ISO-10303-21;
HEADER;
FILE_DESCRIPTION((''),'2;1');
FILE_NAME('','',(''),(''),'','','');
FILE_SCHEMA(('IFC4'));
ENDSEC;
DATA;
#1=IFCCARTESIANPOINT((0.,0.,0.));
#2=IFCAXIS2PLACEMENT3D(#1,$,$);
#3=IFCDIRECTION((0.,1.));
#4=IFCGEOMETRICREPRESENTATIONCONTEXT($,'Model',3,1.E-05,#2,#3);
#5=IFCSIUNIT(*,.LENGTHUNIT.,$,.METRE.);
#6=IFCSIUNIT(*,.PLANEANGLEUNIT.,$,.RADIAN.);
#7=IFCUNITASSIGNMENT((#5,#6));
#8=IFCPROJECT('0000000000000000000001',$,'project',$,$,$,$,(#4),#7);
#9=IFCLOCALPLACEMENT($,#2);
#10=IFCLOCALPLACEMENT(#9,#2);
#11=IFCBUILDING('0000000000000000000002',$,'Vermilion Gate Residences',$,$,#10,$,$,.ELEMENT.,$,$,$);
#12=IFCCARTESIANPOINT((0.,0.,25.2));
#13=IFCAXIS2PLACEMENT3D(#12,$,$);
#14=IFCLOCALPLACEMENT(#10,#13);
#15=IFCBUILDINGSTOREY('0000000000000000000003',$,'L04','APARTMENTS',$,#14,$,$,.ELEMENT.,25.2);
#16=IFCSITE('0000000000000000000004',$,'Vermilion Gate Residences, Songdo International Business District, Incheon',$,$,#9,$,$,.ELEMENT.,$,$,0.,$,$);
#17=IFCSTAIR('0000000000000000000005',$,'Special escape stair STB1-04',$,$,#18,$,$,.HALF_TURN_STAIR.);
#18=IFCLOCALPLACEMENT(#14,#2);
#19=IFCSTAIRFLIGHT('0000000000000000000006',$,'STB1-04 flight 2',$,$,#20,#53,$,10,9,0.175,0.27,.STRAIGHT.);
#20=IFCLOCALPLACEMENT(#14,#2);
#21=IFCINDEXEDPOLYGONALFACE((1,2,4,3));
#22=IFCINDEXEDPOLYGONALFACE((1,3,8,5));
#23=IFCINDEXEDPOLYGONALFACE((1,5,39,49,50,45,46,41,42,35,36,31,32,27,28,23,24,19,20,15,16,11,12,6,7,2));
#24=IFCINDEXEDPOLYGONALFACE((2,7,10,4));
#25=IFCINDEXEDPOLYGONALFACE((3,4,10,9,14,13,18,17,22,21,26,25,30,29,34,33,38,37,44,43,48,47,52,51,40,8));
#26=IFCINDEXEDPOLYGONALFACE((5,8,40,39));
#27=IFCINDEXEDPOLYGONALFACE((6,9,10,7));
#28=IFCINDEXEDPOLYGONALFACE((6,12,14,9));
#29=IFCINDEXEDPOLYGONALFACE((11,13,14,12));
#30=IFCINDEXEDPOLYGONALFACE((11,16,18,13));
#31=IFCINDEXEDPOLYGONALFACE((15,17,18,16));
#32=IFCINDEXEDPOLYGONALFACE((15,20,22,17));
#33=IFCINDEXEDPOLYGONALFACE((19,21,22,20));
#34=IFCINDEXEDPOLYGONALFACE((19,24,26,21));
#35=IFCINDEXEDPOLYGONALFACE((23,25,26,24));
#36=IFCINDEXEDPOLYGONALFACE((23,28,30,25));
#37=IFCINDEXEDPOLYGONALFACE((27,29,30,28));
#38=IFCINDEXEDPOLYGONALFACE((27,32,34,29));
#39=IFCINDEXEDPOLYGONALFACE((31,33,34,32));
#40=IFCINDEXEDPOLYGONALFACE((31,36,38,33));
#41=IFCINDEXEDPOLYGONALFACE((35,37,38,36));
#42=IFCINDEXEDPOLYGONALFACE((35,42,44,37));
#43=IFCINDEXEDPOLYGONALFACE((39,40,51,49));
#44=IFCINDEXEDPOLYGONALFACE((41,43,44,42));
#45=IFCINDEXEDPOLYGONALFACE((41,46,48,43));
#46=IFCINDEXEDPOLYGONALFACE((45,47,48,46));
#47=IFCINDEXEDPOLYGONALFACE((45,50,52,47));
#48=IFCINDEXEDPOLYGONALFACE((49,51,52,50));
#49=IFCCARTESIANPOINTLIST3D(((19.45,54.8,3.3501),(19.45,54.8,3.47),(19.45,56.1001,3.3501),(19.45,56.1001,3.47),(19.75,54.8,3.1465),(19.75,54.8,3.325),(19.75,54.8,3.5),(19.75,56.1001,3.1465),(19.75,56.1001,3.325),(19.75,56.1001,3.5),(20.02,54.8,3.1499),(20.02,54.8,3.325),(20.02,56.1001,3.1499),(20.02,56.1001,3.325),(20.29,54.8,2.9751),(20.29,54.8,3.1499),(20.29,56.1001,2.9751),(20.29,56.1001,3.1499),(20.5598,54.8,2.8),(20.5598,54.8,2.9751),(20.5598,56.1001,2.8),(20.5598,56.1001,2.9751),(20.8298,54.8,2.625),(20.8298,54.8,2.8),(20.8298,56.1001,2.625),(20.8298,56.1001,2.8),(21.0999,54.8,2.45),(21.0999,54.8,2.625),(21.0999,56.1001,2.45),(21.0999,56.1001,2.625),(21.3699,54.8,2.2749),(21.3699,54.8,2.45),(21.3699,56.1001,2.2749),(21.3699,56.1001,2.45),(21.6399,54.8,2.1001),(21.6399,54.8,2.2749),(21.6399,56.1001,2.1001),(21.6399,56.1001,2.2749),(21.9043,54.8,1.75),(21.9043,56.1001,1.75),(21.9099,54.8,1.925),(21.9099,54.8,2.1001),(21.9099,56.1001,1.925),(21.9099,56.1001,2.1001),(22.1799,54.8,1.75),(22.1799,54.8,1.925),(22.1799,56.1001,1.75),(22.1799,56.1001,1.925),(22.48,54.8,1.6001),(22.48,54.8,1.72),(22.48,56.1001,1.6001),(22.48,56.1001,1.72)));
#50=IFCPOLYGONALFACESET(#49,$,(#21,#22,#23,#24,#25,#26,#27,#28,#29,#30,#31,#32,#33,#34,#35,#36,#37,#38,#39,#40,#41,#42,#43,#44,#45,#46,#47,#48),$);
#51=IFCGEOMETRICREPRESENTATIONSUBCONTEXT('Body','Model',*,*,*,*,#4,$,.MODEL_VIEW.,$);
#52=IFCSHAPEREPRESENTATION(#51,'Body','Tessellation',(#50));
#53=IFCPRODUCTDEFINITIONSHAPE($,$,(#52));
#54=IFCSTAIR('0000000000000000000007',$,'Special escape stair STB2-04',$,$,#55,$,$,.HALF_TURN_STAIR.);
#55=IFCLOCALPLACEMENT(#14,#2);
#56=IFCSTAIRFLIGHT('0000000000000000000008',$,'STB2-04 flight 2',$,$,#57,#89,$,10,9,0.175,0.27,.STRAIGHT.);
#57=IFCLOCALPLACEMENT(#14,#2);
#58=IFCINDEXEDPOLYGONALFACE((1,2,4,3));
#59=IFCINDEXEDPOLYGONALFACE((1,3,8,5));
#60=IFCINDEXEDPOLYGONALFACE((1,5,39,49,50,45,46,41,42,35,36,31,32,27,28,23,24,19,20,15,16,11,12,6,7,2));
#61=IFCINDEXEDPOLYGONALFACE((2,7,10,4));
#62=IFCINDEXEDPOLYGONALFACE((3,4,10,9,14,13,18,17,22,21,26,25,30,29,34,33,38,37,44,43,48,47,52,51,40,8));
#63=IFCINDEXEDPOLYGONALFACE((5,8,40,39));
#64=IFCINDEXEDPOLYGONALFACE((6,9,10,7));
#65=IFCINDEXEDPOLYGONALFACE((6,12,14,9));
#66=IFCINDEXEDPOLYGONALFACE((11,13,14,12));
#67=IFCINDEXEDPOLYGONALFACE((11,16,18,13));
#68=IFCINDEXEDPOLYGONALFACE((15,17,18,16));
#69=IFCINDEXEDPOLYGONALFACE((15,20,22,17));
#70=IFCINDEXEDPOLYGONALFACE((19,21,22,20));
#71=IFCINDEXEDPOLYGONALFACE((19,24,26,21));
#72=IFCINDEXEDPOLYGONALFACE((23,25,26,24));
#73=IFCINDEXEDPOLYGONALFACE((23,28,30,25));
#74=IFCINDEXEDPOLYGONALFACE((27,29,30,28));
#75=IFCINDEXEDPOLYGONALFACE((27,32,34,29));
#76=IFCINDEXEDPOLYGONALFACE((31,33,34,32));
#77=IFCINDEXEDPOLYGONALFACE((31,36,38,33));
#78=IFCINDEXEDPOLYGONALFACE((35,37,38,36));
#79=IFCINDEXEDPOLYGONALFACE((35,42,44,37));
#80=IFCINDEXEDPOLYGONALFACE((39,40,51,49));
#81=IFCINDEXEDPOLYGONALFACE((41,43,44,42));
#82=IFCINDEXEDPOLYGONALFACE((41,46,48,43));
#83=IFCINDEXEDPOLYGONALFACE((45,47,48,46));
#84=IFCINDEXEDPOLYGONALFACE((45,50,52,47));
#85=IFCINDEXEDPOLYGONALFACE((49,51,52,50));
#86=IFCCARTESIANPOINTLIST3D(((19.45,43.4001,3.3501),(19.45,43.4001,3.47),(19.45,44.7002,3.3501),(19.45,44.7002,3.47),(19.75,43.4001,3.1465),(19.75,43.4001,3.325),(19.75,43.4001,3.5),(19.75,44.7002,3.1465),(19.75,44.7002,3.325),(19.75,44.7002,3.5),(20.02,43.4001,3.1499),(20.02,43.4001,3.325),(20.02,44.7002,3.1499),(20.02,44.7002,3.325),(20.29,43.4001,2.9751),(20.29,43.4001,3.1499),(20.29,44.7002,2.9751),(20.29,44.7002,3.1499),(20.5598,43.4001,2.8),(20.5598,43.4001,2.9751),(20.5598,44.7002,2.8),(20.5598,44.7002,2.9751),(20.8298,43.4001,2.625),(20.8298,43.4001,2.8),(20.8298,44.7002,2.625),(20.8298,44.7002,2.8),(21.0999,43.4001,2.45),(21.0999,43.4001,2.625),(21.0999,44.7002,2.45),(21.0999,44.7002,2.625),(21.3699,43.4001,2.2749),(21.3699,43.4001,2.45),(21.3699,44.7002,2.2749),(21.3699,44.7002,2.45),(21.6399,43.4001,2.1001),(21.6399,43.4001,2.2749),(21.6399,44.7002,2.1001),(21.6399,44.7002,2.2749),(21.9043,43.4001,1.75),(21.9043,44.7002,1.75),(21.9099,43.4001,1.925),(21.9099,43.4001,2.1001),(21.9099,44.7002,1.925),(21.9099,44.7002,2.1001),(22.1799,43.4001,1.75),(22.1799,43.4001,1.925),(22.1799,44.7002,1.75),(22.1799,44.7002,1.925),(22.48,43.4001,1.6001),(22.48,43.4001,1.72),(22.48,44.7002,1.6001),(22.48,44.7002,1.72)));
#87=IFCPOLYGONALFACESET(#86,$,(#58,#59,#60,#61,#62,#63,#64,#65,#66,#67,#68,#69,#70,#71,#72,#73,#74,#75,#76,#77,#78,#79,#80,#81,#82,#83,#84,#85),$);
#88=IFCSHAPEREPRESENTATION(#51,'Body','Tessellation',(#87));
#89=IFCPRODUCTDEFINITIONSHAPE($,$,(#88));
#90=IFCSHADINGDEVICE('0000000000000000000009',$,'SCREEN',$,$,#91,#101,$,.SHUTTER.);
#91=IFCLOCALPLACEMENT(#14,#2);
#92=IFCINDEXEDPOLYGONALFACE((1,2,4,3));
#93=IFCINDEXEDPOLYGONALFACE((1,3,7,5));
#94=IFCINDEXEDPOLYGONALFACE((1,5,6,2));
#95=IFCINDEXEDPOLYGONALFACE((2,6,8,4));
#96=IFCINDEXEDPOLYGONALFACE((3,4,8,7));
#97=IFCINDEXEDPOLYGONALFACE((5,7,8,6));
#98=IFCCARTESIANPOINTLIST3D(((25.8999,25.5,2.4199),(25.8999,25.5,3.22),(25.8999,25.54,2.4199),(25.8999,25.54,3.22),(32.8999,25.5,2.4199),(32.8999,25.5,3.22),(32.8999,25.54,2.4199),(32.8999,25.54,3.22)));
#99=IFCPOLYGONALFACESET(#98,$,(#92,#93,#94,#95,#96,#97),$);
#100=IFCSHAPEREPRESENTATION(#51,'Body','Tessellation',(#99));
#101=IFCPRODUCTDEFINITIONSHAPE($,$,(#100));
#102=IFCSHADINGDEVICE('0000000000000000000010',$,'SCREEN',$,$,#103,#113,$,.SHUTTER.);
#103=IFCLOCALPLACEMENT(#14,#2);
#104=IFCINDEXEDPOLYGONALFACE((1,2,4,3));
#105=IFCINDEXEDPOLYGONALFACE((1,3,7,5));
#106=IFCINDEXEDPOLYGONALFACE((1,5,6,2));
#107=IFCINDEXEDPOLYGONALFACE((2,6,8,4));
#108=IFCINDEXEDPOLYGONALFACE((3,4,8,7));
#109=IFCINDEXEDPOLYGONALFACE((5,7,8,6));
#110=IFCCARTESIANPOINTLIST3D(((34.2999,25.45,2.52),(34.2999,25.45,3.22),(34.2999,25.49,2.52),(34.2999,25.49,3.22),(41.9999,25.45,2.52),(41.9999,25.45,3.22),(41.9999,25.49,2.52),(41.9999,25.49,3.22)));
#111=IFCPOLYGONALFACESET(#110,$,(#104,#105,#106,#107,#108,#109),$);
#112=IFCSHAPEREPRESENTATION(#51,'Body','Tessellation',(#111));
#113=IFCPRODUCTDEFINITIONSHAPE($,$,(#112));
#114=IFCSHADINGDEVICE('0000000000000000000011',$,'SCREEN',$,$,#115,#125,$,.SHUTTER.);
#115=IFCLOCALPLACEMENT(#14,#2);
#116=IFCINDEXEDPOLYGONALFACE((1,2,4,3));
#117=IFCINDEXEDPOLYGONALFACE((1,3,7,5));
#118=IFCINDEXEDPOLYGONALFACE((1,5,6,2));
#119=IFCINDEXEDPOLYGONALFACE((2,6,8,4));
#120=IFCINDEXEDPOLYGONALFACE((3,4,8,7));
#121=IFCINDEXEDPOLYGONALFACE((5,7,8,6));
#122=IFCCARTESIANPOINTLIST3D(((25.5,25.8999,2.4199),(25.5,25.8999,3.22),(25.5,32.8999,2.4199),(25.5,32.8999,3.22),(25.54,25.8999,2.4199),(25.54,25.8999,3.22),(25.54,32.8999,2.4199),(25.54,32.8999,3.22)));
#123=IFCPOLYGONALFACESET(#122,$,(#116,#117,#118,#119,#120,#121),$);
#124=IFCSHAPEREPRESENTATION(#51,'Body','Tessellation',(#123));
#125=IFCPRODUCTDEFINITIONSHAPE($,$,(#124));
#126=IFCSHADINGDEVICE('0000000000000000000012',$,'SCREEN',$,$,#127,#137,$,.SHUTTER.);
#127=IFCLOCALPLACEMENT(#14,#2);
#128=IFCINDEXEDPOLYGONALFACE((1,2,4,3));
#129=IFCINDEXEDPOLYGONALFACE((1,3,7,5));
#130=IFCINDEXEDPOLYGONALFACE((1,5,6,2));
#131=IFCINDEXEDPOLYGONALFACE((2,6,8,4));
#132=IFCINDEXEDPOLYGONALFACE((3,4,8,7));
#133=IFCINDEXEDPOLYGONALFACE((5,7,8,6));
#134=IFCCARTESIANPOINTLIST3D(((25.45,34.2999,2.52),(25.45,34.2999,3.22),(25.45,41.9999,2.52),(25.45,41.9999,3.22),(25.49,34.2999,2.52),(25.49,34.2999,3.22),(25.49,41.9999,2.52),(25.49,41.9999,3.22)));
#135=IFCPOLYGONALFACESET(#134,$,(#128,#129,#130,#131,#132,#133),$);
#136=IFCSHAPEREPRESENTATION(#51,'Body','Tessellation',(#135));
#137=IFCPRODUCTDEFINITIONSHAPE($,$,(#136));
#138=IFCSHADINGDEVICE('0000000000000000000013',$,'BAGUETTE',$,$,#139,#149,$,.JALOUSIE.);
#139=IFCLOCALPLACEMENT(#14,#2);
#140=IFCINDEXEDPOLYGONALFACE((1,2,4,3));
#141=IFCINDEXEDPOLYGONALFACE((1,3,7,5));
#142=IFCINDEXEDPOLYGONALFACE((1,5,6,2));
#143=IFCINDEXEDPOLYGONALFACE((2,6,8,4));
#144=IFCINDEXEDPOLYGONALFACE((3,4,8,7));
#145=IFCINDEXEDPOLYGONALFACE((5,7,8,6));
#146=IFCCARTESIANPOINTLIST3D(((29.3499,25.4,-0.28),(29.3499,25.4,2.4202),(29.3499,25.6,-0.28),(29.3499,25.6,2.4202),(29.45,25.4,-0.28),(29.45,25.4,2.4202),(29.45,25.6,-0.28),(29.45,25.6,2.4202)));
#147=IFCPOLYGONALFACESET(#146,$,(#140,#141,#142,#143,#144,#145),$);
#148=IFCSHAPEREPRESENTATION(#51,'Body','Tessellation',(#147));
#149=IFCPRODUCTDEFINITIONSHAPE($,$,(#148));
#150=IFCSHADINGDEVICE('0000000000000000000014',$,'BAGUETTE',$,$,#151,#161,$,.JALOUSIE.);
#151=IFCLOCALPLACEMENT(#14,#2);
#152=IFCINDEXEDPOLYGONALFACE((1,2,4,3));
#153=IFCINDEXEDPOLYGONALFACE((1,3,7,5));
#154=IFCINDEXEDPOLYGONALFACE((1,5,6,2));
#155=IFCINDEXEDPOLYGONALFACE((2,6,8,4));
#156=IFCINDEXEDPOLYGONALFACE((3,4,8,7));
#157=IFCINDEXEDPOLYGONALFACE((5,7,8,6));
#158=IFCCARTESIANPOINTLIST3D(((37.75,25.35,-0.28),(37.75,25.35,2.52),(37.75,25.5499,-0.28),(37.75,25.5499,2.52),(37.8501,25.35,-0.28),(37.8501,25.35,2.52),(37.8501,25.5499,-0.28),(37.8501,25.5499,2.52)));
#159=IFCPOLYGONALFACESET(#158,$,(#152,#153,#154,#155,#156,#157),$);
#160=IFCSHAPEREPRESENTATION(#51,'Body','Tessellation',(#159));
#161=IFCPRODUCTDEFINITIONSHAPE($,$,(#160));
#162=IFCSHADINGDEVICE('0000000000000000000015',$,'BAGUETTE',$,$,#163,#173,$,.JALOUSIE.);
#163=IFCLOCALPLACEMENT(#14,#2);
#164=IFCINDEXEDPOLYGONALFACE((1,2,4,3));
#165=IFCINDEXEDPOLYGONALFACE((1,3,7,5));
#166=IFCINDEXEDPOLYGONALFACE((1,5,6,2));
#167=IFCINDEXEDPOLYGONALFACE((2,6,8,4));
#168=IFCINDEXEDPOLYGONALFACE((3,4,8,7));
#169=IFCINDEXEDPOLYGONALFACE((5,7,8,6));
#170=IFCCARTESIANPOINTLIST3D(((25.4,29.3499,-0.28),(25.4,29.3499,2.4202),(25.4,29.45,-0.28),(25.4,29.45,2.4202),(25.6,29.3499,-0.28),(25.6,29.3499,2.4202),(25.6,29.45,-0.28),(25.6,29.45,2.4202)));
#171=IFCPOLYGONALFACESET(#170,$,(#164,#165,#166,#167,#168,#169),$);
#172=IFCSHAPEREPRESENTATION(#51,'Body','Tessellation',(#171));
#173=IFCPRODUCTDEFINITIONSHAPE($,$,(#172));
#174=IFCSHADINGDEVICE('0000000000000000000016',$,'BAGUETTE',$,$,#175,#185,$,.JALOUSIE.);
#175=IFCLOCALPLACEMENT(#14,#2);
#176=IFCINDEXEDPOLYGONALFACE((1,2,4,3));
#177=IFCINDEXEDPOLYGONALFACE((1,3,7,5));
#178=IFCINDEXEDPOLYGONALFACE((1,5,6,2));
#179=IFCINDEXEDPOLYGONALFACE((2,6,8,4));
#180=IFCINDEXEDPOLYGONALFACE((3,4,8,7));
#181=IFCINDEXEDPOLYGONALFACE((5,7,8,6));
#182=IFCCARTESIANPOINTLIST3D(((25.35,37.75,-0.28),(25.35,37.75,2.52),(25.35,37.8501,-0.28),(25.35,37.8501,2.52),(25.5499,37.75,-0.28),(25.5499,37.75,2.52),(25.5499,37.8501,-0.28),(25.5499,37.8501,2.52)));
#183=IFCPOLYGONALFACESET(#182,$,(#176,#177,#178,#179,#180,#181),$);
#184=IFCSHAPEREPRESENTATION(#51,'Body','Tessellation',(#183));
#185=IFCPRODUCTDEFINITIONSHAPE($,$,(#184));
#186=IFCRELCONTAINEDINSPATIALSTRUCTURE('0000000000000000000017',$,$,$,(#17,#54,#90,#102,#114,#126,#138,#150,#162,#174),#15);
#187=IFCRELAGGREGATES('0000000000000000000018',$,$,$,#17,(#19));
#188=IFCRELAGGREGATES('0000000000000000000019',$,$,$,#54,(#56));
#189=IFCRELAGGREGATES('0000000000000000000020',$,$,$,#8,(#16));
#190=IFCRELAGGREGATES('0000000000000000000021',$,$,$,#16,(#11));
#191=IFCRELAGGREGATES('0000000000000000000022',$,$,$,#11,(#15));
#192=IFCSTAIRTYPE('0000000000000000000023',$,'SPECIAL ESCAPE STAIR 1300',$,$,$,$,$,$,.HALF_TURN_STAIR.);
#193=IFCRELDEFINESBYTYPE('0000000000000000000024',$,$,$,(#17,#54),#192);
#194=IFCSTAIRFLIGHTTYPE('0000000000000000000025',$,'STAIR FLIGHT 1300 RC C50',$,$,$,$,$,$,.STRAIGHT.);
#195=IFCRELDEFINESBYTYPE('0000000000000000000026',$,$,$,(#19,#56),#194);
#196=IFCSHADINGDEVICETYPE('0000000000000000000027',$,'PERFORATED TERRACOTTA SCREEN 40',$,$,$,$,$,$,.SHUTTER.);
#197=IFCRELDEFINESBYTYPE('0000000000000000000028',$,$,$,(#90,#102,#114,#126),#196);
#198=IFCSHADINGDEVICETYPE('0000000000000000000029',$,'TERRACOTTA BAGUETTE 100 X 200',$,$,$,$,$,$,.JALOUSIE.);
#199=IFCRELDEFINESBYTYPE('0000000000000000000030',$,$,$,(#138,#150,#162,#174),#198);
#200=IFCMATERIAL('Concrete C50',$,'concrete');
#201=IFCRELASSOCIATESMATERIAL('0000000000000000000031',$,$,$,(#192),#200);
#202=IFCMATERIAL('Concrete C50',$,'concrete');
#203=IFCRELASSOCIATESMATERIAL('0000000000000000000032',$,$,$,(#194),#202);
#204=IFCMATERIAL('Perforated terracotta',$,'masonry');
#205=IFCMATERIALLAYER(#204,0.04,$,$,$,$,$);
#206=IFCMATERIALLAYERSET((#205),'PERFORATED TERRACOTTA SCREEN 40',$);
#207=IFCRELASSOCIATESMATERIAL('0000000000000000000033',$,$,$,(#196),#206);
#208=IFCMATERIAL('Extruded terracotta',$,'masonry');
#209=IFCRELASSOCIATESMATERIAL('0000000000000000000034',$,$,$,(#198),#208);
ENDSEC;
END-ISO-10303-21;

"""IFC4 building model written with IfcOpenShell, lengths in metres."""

from ifc_helpers import new_model, si_unit, direction, frame, origin, origin_2d, place, context, subcontext, project, spatial, polyline, rectangle, outline, extrude, material, layer, layer_set, material_profile, profile_set, type_object, element, aggregate, save


model = new_model("IFC4")

# Units and contexts
model_context = context("Model", 3, precision=1e-05, world=origin(), true_north=direction((0.0, 1.0)))
body_context = subcontext(model_context, "Body", "Model", "MODEL_VIEW")
ifc_project = project(units=[si_unit("LENGTHUNIT", "METRE"), si_unit("PLANEANGLEUNIT", "RADIAN")], contexts=[model_context])

# Site, building, storey
site_placement = place(None, origin())
site = spatial("IfcSite", under=ifc_project, at=site_placement, Name="Vermilion Gate Residences, Songdo International Business District, Incheon", CompositionType="ELEMENT", RefElevation=0.0)
building_placement = place(site_placement, origin())
building = spatial("IfcBuilding", under=site, at=building_placement, Name="Vermilion Gate Residences", CompositionType="ELEMENT")
storey_placement = place(building_placement, frame((0.0, 0.0, 25.2)))
storey = spatial("IfcBuildingStorey", under=building, at=storey_placement, Name="L04", Description="APARTMENTS", CompositionType="ELEMENT", Elevation=25.2)

# Stairs, stair flights
ifc_material_1 = material(Name="Concrete C50", Category="concrete")
stair_type = type_object("IfcStairType", Name="SPECIAL ESCAPE STAIR 1300", PredefinedType="HALF_TURN_STAIR", material=ifc_material_1)
stair_1_placement = place(storey_placement, origin())
stair_1 = element("IfcStair", 1, at=stair_1_placement, inside=storey, type_object=stair_type, Name="Special escape stair STB1-04", PredefinedType="HALF_TURN_STAIR")
ifc_material_2 = material(Name="Concrete C50", Category="concrete")
stair_flight_type = type_object("IfcStairFlightType", Name="STAIR FLIGHT 1300 RC C50", PredefinedType="STRAIGHT", material=ifc_material_2)
stair_flight_1_placement = place(storey_placement, frame((22.1799, 55.45, 1.75), z_axis=(0.0, 0.0, 1.0), x_axis=(-1.0, 0.0, 0.0)))
stair_flight_1 = element("IfcStairFlight", 2, at=stair_flight_1_placement, type_object=stair_flight_type, Name="STB1-04 flight 2", NumberOfRisers=10, NumberOfTreads=9, PredefinedType="STRAIGHT", RiserHeight=0.175, TreadLength=0.27, context=body_context, shape_type="SweptSolid", body=[
    extrude(outline(polyline([(-0.3, -0.1499), (-0.3, -0.03), (0.0, 0.0), (0.0, 0.175), (0.27, 0.175), (0.27, 0.3501), (0.54, 0.3501), (0.54, 0.5249), (0.8101, 0.5249), (0.8101, 0.7), (1.0801, 0.7), (1.0801, 0.875), (1.3501, 0.875), (1.3501, 1.05), (1.6201, 1.05), (1.6201, 1.2251), (1.8899, 1.2251), (1.8899, 1.3999), (2.1599, 1.3999), (2.1599, 1.575), (2.4299, 1.575), (2.4299, 1.75), (2.73, 1.72), (2.73, 1.6001), (2.4299, 1.3965), (0.2756, 0.0), (-0.3, -0.1499)])), frame((0.0, 0.6499, 0.0), z_axis=(0.0, -1.0, 0.0), x_axis=(1.0, 0.0, 0.0)), (0.0, 0.0, 1.0), 1.3),
])
aggregate(stair_1, [stair_flight_1])
stair_2_placement = place(storey_placement, origin())
stair_2 = element("IfcStair", 3, at=stair_2_placement, inside=storey, type_object=stair_type, Name="Special escape stair STB2-04", PredefinedType="HALF_TURN_STAIR")
stair_flight_2_placement = place(storey_placement, frame((22.1799, 44.05, 1.75), z_axis=(0.0, 0.0, 1.0), x_axis=(-1.0, 0.0, 0.0)))
stair_flight_2 = element("IfcStairFlight", 4, at=stair_flight_2_placement, type_object=stair_flight_type, Name="STB2-04 flight 2", NumberOfRisers=10, NumberOfTreads=9, PredefinedType="STRAIGHT", RiserHeight=0.175, TreadLength=0.27, context=body_context, shape_type="SweptSolid", body=[
    extrude(outline(polyline([(-0.3, -0.1499), (-0.3, -0.03), (0.0, 0.0), (0.0, 0.175), (0.27, 0.175), (0.27, 0.3501), (0.54, 0.3501), (0.54, 0.5249), (0.8101, 0.5249), (0.8101, 0.7), (1.0801, 0.7), (1.0801, 0.875), (1.3501, 0.875), (1.3501, 1.05), (1.6201, 1.05), (1.6201, 1.2251), (1.8899, 1.2251), (1.8899, 1.3999), (2.1599, 1.3999), (2.1599, 1.575), (2.4299, 1.575), (2.4299, 1.75), (2.73, 1.72), (2.73, 1.6001), (2.4299, 1.3965), (0.2756, 0.0), (-0.3, -0.1499)])), frame((0.0, 0.6499, 0.0), z_axis=(0.0, -1.0, 0.0), x_axis=(1.0, 0.0, 0.0)), (0.0, 0.0, 1.0), 1.3),
])
aggregate(stair_2, [stair_flight_2])

# Shading devices
ifc_material_3 = material(Name="Perforated terracotta", Category="masonry")
ifc_layer_1 = layer(ifc_material_3, 0.04)
ifc_layer_set_1 = layer_set([ifc_layer_1], Name="PERFORATED TERRACOTTA SCREEN 40")
shading_device_type_1 = type_object("IfcShadingDeviceType", Name="PERFORATED TERRACOTTA SCREEN 40", PredefinedType="SHUTTER", material=ifc_layer_set_1)
shading_device_1_placement = place(storey_placement, frame((29.3999, 25.52, 2.4199), z_axis=(0.0, 0.0, 1.0), x_axis=(-1.0, 0.0, 0.0)))
element("IfcShadingDevice", 5, at=shading_device_1_placement, inside=storey, type_object=shading_device_type_1, Name="SCREEN", PredefinedType="SHUTTER", context=body_context, shape_type="SweptSolid", body=[
    extrude(rectangle(XDim=7.0, YDim=0.04, at=origin_2d()), origin(), (0.0, 0.0, 1.0), 0.8),
])
shading_device_2_placement = place(storey_placement, frame((38.1499, 25.47, 2.52), z_axis=(0.0, 0.0, 1.0), x_axis=(-1.0, 0.0, 0.0)))
element("IfcShadingDevice", 6, at=shading_device_2_placement, inside=storey, type_object=shading_device_type_1, Name="SCREEN", PredefinedType="SHUTTER", context=body_context, shape_type="SweptSolid", body=[
    extrude(rectangle(XDim=7.7, YDim=0.04, at=origin_2d()), origin(), (0.0, 0.0, 1.0), 0.7),
])
shading_device_3_placement = place(storey_placement, frame((25.52, 29.3999, 2.4199), z_axis=(0.0, 0.0, 1.0), x_axis=(0.0, 1.0, 0.0)))
element("IfcShadingDevice", 7, at=shading_device_3_placement, inside=storey, type_object=shading_device_type_1, Name="SCREEN", PredefinedType="SHUTTER", context=body_context, shape_type="SweptSolid", body=[
    extrude(rectangle(XDim=7.0, YDim=0.04, at=origin_2d()), origin(), (0.0, 0.0, 1.0), 0.8),
])
shading_device_4_placement = place(storey_placement, frame((25.47, 38.1499, 2.52), z_axis=(0.0, 0.0, 1.0), x_axis=(0.0, 1.0, 0.0)))
element("IfcShadingDevice", 8, at=shading_device_4_placement, inside=storey, type_object=shading_device_type_1, Name="SCREEN", PredefinedType="SHUTTER", context=body_context, shape_type="SweptSolid", body=[
    extrude(rectangle(XDim=7.7, YDim=0.04, at=origin_2d()), origin(), (0.0, 0.0, 1.0), 0.7),
])
ifc_material_4 = material(Name="Extruded terracotta", Category="masonry")
ifc_material_profile_1 = material_profile(ifc_material_4, rectangle(XDim=0.2, YDim=0.1001, at=origin_2d()), Name="BAGUETTE 100 X 200")
ifc_profile_set_1 = profile_set([ifc_material_profile_1], Name="Extruded terracotta")
shading_device_type_2 = type_object("IfcShadingDeviceType", Name="TERRACOTTA BAGUETTE 100 X 200", PredefinedType="JALOUSIE", material=ifc_profile_set_1)
shading_device_5_placement = place(storey_placement, frame((29.3999, 25.5, -0.28), z_axis=(0.0, 0.0, 1.0), x_axis=(0.0, -1.0, 0.0)))
element("IfcShadingDevice", 9, at=shading_device_5_placement, inside=storey, type_object=shading_device_type_2, Name="BAGUETTE", PredefinedType="JALOUSIE", context=body_context, shape_type="SweptSolid", body=[
    extrude(rectangle(XDim=0.2, YDim=0.1001, at=origin_2d()), origin(), (0.0, 0.0, 1.0), 2.7002),
])
shading_device_6_placement = place(storey_placement, frame((37.8, 25.45, -0.28), z_axis=(0.0, 0.0, 1.0), x_axis=(0.0, -1.0, 0.0)))
element("IfcShadingDevice", 10, at=shading_device_6_placement, inside=storey, type_object=shading_device_type_2, Name="BAGUETTE", PredefinedType="JALOUSIE", context=body_context, shape_type="SweptSolid", body=[
    extrude(rectangle(XDim=0.2, YDim=0.1001, at=origin_2d()), origin(), (0.0, 0.0, 1.0), 2.8),
])
shading_device_7_placement = place(storey_placement, frame((25.5, 29.3999, -0.28), z_axis=(0.0, 0.0, 1.0), x_axis=(-1.0, 0.0, 0.0)))
element("IfcShadingDevice", 11, at=shading_device_7_placement, inside=storey, type_object=shading_device_type_2, Name="BAGUETTE", PredefinedType="JALOUSIE", context=body_context, shape_type="SweptSolid", body=[
    extrude(rectangle(XDim=0.2, YDim=0.1001, at=origin_2d()), origin(), (0.0, 0.0, 1.0), 2.7002),
])
shading_device_8_placement = place(storey_placement, frame((25.45, 37.8, -0.28), z_axis=(0.0, 0.0, 1.0), x_axis=(-1.0, 0.0, 0.0)))
element("IfcShadingDevice", 12, at=shading_device_8_placement, inside=storey, type_object=shading_device_type_2, Name="BAGUETTE", PredefinedType="JALOUSIE", context=body_context, shape_type="SweptSolid", body=[
    extrude(rectangle(XDim=0.2, YDim=0.1001, at=origin_2d()), origin(), (0.0, 0.0, 1.0), 2.8),
])

save(model, "model.ifc")
